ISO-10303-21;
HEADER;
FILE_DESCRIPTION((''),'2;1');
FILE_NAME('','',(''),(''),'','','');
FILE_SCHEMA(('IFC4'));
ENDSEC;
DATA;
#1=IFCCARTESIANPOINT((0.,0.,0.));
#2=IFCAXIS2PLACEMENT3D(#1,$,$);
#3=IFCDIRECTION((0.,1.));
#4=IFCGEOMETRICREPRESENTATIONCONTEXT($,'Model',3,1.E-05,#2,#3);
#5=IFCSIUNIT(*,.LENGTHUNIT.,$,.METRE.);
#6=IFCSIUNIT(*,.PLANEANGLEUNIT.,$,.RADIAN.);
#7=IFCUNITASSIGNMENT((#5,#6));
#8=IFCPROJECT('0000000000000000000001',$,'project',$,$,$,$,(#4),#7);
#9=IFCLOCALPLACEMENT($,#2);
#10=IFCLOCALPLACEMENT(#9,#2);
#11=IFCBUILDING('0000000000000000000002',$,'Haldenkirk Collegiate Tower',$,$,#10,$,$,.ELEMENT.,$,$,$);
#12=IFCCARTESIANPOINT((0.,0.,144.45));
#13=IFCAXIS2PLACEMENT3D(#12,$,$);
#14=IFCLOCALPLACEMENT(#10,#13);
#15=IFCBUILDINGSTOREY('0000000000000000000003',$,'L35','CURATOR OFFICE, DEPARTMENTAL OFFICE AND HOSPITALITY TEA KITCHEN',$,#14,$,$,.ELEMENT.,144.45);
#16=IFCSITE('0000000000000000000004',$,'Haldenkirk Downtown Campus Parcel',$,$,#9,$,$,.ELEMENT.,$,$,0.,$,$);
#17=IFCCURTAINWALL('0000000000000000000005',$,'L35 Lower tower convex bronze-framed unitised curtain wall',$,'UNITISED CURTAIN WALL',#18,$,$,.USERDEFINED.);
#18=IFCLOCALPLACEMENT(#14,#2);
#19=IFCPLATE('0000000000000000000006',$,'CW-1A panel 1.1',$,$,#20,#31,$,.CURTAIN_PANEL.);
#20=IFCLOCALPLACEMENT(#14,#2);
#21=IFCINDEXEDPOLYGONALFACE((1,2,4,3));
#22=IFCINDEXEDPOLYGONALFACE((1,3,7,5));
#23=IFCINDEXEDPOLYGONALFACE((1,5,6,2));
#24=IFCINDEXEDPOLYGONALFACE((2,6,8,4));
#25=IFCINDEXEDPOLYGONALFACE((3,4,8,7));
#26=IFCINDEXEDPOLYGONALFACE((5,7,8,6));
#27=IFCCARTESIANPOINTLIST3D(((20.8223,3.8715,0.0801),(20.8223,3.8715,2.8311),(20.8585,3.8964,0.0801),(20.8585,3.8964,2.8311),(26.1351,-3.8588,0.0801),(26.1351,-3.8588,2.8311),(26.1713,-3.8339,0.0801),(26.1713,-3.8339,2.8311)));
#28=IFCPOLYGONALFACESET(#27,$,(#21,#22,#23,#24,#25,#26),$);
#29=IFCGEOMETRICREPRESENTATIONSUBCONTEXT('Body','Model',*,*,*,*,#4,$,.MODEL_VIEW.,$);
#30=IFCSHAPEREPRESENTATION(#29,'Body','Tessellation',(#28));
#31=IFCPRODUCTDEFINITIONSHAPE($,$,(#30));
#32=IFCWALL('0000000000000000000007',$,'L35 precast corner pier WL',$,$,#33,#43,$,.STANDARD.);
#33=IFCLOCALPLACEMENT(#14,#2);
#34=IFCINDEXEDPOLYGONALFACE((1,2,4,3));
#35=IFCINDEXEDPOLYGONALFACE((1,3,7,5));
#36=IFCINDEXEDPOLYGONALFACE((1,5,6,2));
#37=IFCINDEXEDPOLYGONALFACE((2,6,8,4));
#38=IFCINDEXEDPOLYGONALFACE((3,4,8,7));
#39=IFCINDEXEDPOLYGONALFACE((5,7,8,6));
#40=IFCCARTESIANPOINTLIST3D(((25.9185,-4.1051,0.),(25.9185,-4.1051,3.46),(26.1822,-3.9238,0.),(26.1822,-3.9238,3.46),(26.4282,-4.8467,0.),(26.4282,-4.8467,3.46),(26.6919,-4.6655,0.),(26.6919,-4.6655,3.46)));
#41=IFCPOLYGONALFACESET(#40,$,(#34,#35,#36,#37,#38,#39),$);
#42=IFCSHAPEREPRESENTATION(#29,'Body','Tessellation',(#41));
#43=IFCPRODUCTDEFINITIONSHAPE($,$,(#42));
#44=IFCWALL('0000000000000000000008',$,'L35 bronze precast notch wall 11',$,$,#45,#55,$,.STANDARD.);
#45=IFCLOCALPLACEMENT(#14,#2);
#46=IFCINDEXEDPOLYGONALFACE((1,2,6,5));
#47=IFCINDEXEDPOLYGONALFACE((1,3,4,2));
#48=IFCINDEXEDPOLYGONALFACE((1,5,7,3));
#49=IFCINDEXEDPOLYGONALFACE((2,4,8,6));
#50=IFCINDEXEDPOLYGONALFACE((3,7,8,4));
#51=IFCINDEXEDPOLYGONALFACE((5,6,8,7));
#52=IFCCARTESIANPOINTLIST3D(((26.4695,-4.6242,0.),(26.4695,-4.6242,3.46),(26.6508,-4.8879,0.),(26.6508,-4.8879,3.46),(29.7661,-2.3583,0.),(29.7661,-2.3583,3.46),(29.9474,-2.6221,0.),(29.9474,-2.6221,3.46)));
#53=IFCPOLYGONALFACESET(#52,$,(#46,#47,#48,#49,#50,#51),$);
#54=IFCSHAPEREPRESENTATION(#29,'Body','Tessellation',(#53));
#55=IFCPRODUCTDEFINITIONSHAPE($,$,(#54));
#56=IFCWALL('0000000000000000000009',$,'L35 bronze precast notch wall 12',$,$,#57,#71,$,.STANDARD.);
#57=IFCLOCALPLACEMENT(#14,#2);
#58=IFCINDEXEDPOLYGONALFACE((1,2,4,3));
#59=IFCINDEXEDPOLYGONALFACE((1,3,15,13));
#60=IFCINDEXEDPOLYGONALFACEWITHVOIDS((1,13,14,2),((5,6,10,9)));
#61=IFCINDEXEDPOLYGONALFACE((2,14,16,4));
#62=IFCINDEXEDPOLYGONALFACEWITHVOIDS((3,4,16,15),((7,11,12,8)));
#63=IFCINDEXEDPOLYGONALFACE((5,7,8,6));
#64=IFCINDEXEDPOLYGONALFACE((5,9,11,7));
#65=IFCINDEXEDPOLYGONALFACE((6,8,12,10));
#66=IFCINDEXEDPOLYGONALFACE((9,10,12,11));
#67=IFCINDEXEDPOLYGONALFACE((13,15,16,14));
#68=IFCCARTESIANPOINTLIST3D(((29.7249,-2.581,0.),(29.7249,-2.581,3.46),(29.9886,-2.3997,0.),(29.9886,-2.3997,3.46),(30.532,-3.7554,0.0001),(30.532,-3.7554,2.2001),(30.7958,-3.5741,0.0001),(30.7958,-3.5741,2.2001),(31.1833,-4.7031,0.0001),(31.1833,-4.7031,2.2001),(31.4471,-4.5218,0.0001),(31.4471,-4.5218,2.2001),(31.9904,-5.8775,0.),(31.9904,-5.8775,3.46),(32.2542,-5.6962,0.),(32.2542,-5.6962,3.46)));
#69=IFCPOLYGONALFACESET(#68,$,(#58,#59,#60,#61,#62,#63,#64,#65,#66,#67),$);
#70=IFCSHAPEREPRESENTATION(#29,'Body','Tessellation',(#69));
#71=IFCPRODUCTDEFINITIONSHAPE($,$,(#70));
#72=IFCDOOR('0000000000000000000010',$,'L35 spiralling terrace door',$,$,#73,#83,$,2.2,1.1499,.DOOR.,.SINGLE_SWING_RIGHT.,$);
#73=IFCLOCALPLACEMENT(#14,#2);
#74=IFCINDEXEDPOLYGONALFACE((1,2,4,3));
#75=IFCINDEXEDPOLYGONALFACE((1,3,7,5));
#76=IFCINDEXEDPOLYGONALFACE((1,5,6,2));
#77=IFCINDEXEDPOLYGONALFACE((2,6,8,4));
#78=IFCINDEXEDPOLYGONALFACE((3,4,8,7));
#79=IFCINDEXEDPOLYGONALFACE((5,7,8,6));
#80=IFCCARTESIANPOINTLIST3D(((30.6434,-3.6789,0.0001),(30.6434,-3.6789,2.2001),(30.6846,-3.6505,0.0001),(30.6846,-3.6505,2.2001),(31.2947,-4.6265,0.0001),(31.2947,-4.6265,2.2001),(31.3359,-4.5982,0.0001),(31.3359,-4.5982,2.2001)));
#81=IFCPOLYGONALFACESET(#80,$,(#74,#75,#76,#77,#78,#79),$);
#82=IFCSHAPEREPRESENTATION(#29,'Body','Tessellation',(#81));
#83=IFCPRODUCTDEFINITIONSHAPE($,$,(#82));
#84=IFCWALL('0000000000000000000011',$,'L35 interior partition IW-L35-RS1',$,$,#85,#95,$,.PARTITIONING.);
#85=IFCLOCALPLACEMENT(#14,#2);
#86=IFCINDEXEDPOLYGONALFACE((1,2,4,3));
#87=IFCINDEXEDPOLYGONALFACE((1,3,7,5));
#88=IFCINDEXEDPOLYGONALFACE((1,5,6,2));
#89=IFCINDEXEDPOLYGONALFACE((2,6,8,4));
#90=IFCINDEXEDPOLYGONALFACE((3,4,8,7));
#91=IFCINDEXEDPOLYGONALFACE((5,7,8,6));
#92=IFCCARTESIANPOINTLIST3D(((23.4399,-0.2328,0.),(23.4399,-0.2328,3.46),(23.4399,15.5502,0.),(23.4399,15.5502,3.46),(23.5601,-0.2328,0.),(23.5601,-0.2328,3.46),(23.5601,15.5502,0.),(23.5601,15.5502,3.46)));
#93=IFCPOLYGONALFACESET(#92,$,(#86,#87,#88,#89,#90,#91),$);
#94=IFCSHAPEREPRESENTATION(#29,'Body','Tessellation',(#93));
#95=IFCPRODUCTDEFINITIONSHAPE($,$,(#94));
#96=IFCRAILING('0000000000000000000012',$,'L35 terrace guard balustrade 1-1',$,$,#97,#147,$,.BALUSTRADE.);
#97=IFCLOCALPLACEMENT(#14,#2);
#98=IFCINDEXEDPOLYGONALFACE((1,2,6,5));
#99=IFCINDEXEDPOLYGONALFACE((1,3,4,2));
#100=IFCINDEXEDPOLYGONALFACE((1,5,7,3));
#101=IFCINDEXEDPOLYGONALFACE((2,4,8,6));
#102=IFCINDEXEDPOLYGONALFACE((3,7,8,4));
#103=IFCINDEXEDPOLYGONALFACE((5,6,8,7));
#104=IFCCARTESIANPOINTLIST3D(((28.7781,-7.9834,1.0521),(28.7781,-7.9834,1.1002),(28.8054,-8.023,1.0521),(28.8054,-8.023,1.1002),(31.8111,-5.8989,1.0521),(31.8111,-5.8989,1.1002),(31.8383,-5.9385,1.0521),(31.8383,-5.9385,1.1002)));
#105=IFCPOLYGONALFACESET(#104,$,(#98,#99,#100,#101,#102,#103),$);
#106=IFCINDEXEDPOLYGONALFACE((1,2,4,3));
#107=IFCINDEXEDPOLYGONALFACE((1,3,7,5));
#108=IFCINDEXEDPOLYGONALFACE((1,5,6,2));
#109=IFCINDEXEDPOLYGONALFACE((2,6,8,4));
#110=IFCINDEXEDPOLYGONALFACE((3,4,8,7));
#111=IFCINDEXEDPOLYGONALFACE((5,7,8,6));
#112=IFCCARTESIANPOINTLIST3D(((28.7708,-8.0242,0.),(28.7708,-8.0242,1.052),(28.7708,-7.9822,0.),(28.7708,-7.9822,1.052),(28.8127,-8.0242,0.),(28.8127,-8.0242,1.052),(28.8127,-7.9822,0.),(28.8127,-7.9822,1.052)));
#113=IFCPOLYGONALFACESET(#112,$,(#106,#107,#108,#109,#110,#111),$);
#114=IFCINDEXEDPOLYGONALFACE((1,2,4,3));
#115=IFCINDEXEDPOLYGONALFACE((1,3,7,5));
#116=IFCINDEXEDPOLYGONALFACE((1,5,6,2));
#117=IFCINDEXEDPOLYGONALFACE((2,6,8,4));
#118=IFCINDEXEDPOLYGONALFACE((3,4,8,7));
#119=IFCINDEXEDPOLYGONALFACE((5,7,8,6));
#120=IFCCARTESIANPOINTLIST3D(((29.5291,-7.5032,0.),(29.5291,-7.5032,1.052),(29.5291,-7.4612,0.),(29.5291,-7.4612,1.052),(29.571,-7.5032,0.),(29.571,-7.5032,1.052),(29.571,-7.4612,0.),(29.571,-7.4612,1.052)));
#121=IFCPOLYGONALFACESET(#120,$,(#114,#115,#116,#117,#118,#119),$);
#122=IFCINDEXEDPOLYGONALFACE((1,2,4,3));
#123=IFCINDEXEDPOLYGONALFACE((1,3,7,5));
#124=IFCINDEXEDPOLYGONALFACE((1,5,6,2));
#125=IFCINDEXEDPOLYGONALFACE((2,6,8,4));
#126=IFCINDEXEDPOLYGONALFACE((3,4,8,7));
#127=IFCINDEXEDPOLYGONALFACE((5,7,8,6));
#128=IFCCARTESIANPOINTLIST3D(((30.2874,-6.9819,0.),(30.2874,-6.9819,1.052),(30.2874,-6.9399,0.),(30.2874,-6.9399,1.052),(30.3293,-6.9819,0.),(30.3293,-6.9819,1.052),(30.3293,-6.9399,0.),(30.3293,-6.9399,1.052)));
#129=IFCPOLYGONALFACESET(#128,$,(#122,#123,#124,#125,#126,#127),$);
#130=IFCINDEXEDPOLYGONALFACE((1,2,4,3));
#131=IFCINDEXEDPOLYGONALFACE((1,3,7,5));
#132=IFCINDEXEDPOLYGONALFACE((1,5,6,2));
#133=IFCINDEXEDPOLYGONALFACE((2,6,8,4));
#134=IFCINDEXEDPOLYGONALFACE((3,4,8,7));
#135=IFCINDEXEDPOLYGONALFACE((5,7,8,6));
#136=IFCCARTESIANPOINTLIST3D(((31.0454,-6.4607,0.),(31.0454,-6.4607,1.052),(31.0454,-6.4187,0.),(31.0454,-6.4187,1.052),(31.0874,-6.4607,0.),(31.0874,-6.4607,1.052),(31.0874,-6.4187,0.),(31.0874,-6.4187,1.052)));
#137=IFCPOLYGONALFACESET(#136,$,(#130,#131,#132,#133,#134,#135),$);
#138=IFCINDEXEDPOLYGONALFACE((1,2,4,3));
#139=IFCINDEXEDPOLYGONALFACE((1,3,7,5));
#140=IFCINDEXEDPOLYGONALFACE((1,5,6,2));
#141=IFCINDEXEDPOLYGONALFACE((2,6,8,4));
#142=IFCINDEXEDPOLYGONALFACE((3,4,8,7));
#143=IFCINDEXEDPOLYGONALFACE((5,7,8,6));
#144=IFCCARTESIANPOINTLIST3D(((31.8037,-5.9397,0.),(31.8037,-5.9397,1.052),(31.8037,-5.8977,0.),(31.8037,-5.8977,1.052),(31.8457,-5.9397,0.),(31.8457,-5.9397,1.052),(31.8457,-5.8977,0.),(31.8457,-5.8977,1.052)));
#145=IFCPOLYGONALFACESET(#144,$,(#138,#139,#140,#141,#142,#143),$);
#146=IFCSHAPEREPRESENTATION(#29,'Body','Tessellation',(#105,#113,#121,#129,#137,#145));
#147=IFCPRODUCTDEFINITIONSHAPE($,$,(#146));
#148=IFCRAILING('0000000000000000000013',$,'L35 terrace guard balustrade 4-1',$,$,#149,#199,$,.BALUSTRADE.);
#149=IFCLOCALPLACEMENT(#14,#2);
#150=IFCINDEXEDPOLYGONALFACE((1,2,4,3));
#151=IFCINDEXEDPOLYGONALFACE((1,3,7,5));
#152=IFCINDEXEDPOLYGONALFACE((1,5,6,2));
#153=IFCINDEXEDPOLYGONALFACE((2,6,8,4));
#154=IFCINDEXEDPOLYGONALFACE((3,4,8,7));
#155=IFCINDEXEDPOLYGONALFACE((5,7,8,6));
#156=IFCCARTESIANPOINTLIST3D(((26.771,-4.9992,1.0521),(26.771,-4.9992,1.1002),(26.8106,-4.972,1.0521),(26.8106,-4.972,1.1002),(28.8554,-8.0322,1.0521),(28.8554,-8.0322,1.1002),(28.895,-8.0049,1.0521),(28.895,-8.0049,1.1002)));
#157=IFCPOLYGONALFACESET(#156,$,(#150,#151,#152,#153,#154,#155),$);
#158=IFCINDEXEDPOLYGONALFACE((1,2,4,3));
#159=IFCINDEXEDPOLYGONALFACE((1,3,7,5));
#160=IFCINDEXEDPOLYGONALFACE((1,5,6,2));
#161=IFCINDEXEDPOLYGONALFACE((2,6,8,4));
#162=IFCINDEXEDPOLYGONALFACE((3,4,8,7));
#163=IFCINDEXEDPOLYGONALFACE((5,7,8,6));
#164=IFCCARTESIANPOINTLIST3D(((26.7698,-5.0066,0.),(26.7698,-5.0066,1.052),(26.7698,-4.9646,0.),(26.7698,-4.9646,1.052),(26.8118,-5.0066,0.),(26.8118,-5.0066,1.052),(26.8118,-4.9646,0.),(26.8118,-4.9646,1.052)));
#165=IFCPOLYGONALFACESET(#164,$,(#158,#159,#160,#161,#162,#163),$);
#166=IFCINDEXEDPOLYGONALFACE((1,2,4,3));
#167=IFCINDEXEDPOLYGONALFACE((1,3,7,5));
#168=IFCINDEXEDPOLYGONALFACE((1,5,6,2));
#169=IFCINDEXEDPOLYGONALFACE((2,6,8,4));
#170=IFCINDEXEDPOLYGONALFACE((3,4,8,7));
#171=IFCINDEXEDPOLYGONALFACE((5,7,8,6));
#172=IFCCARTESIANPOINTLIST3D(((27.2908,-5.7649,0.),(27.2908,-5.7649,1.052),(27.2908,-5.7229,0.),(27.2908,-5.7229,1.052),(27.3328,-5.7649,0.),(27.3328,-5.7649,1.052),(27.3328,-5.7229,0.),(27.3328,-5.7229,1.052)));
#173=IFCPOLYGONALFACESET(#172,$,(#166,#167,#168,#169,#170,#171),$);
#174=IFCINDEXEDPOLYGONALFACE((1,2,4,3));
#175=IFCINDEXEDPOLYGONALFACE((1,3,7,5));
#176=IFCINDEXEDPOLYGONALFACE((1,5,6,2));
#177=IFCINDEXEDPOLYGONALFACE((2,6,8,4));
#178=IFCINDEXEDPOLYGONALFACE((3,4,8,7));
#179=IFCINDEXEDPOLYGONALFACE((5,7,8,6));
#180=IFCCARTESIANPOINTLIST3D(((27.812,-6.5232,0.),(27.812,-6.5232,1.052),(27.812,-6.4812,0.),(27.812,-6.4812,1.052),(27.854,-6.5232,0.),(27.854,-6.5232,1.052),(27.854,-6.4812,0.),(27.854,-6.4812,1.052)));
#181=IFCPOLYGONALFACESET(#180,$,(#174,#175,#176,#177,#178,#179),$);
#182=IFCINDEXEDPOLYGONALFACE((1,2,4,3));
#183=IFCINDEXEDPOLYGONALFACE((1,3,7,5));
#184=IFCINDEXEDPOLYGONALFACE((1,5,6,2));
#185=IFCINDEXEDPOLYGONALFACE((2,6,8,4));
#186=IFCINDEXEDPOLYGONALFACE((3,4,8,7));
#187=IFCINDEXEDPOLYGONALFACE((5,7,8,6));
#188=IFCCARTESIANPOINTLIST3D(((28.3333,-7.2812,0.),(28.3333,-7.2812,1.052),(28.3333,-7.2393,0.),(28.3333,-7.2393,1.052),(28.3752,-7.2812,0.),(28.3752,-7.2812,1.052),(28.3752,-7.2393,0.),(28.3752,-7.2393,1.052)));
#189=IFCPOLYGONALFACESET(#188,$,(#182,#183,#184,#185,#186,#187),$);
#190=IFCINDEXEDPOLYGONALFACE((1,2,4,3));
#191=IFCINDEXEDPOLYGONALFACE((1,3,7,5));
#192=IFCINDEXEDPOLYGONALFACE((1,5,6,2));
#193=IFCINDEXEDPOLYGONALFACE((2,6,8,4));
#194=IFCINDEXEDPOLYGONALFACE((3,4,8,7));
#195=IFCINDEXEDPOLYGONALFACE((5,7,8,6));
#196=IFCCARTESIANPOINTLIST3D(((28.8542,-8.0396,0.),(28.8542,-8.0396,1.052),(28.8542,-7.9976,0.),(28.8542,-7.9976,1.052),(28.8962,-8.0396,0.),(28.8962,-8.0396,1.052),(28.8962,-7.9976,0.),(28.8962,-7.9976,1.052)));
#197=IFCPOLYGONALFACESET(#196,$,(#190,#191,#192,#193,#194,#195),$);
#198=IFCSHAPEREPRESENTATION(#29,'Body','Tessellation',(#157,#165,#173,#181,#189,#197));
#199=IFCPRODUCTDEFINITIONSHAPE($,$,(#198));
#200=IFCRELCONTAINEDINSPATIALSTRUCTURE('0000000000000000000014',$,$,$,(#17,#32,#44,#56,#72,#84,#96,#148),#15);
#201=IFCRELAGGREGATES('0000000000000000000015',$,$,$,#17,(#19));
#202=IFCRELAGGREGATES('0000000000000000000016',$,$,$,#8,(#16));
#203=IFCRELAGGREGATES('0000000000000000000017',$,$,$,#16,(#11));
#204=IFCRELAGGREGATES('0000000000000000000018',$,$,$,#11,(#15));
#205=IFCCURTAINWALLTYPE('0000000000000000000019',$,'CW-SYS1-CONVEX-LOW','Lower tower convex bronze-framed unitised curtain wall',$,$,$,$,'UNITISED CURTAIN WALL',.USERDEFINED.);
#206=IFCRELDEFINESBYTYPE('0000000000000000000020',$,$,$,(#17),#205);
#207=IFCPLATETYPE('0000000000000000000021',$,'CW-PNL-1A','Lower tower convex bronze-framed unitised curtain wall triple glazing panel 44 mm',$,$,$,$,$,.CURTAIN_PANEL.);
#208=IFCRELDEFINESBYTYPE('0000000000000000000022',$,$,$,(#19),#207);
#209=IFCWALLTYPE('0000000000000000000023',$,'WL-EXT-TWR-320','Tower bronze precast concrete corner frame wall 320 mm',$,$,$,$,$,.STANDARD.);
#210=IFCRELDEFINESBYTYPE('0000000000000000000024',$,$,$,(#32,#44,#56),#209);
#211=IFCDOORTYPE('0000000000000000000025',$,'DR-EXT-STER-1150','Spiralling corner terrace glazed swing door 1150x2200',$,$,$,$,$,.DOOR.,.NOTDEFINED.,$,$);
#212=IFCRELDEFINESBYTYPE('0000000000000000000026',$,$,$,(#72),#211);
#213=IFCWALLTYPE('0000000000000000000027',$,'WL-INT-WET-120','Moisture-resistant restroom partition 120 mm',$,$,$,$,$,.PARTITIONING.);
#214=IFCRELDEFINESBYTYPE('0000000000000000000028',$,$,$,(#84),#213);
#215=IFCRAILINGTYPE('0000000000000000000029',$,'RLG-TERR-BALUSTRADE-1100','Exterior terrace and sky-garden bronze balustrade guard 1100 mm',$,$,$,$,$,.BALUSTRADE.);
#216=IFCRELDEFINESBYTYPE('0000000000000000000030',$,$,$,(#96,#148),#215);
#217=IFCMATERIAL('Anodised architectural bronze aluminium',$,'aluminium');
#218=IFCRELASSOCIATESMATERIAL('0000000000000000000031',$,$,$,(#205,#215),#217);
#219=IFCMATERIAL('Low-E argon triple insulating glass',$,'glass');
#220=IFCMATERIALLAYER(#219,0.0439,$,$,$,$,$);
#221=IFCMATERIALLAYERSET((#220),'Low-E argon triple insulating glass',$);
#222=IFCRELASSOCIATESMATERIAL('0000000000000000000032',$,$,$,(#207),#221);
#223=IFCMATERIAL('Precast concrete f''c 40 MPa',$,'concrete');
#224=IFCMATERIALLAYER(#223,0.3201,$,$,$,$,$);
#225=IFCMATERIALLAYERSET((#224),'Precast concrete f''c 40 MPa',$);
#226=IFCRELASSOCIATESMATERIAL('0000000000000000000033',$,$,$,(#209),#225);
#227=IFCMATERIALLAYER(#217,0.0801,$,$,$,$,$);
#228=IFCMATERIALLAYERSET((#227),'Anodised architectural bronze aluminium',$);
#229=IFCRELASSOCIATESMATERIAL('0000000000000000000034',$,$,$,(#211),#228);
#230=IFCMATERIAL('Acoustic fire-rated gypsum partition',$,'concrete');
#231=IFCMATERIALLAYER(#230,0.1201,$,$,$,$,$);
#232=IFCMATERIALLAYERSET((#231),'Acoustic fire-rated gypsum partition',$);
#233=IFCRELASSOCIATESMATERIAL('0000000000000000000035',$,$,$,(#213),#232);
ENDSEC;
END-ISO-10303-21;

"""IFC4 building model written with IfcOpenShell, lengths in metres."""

from ifc_helpers import new_model, si_unit, direction, frame, frame_2d, origin, origin_2d, place, context, subcontext, project, spatial, rectangle, extrude, source, transform, mapped, material, layer, layer_set, type_object, element, fill, aggregate, save


model = new_model("IFC4")

# Units and contexts
model_context = context("Model", 3, precision=1e-05, world=origin(), true_north=direction((0.0, 1.0)))
body_context = subcontext(model_context, "Body", "Model", "MODEL_VIEW")
ifc_project = project(units=[si_unit("LENGTHUNIT", "METRE"), si_unit("PLANEANGLEUNIT", "RADIAN")], contexts=[model_context])

# Site, building, storey
site_placement = place(None, origin())
site = spatial("IfcSite", under=ifc_project, at=site_placement, Name="Haldenkirk Downtown Campus Parcel", CompositionType="ELEMENT", RefElevation=0.0)
building_placement = place(site_placement, origin())
building = spatial("IfcBuilding", under=site, at=building_placement, Name="Haldenkirk Collegiate Tower", CompositionType="ELEMENT")
storey_placement = place(building_placement, frame((0.0, 0.0, 144.45)))
storey = spatial("IfcBuildingStorey", under=building, at=storey_placement, Name="L35", Description="CURATOR OFFICE, DEPARTMENTAL OFFICE AND HOSPITALITY TEA KITCHEN", CompositionType="ELEMENT", Elevation=144.45)

# Curtain wall, plate
ifc_material_1 = material(Name="Anodised architectural bronze aluminium", Category="aluminium")
curtain_wall_type = type_object("IfcCurtainWallType", Name="CW-SYS1-CONVEX-LOW", Description="Lower tower convex bronze-framed unitised curtain wall", ElementType="UNITISED CURTAIN WALL", PredefinedType="USERDEFINED", material=ifc_material_1)
curtain_wall_placement = place(storey_placement, origin())
curtain_wall = element("IfcCurtainWall", 1, at=curtain_wall_placement, inside=storey, type_object=curtain_wall_type, Name="L35 Lower tower convex bronze-framed unitised curtain wall", ObjectType="UNITISED CURTAIN WALL", PredefinedType="USERDEFINED")
ifc_material_2 = material(Name="Low-E argon triple insulating glass", Category="glass")
ifc_layer_1 = layer(ifc_material_2, 0.0439)
ifc_layer_set_1 = layer_set([ifc_layer_1], Name="Low-E argon triple insulating glass")
plate_type = type_object("IfcPlateType", Name="CW-PNL-1A", Description="Lower tower convex bronze-framed unitised curtain wall triple glazing panel 44 mm", PredefinedType="CURTAIN_PANEL", material=ifc_layer_set_1)
shared_shape_1 = source(origin(), body_context, "Body", "SweptSolid", [
    extrude(rectangle(XDim=9.3799, YDim=0.0439, at=origin_2d()), origin(), (0.0, 0.0, 1.0), 2.751),
])
plate_placement = place(storey_placement, frame((23.4968, 0.0188, 0.0801), z_axis=(0.0, 0.0, 1.0), x_axis=(-0.566403, 0.824129, 0.0)))
plate = element("IfcPlate", 2, at=plate_placement, type_object=plate_type, Name="CW-1A panel 1.1", PredefinedType="CURTAIN_PANEL", context=body_context, shape_type="MappedRepresentation", body=[
    mapped(shared_shape_1, transform((0.0, 0.0, 0.0), x_axis=(1.0, 0.0, 0.0), y_axis=(0.0, 1.0, 0.0), z_axis=(0.0, 0.0, 1.0), scale=1.0)),
])
aggregate(curtain_wall, [plate])

# Walls
ifc_material_3 = material(Name="Precast concrete f'c 40 MPa", Category="concrete")
ifc_layer_2 = layer(ifc_material_3, 0.3201)
ifc_layer_set_2 = layer_set([ifc_layer_2], Name="Precast concrete f'c 40 MPa")
wall_type_1 = type_object("IfcWallType", Name="WL-EXT-TWR-320", Description="Tower bronze precast concrete corner frame wall 320 mm", PredefinedType="STANDARD", material=ifc_layer_set_2)
wall_1_placement = place(storey_placement, frame((26.5601, -4.7561, 0.0), z_axis=(0.0, 0.0, 1.0), x_axis=(-0.566414, 0.824121, 0.0)))
element("IfcWall", 3, at=wall_1_placement, inside=storey, type_object=wall_type_1, Name="L35 precast corner pier WL", PredefinedType="STANDARD", context=body_context, shape_type="SweptSolid", body=[
    extrude(rectangle(XDim=0.8999, YDim=0.3201, at=frame_2d((0.45, 0.0))), origin(), (0.0, 0.0, 1.0), 3.46),
])
wall_2_placement = place(storey_placement, frame((29.8567, -2.4902, 0.0), z_axis=(0.0, 0.0, 1.0), x_axis=(-0.824108, -0.566433, 0.0)))
element("IfcWall", 4, at=wall_2_placement, inside=storey, type_object=wall_type_1, Name="L35 bronze precast notch wall 11", PredefinedType="STANDARD", context=body_context, shape_type="SweptSolid", body=[
    extrude(rectangle(XDim=4.0002, YDim=0.3201, at=frame_2d((2.0, 0.0))), origin(), (0.0, 0.0, 1.0), 3.46),
])

# Wall, opening, door
wall_3_placement = place(storey_placement, frame((32.1223, -5.7869, 0.0), z_axis=(0.0, 0.0, 1.0), x_axis=(-0.566392, 0.824136, 0.0)))
wall_3 = element("IfcWall", 5, at=wall_3_placement, inside=storey, type_object=wall_type_1, Name="L35 bronze precast notch wall 12", PredefinedType="STANDARD", context=body_context, shape_type="SweptSolid", body=[
    extrude(rectangle(XDim=4.0, YDim=0.3201, at=frame_2d((2.0, 0.0))), origin(), (0.0, 0.0, 1.0), 3.46),
])
opening_placement = place(wall_3_placement, frame((1.425, 0.0, 0.0)))
opening = element("IfcOpeningElement", 6, at=opening_placement, cuts=wall_3, PredefinedType="OPENING", context=body_context, shape_type="SweptSolid", body=[
    extrude(rectangle(XDim=1.1499, YDim=2.2, at=frame_2d((0.575, 1.1001))), frame((0.0, 0.1699, 0.0), z_axis=(0.0, -1.0, 0.0), x_axis=(1.0, 0.0, 0.0)), (0.0, 0.0, 1.0), 0.3401),
])
ifc_layer_3 = layer(ifc_material_1, 0.0801)
ifc_layer_set_3 = layer_set([ifc_layer_3], Name="Anodised architectural bronze aluminium")
door_type = type_object("IfcDoorType", Name="DR-EXT-STER-1150", Description="Spiralling corner terrace glazed swing door 1150x2200", OperationType="NOTDEFINED", PredefinedType="DOOR", material=ifc_layer_set_3)
door_placement = place(opening_placement, origin())
door = element("IfcDoor", 7, at=door_placement, inside=storey, type_object=door_type, Name="L35 spiralling terrace door", OperationType="SINGLE_SWING_RIGHT", OverallHeight=2.2, OverallWidth=1.1499, PredefinedType="DOOR", context=body_context, shape_type="SweptSolid", body=[
    extrude(rectangle(XDim=1.1499, YDim=2.2, at=frame_2d((0.575, 1.1001))), frame((0.0, 0.0249, 0.0), z_axis=(0.0, -1.0, 0.0), x_axis=(1.0, 0.0, 0.0)), (0.0, 0.0, 1.0), 0.05),
])
fill(opening, door)

# Wall
ifc_material_4 = material(Name="Acoustic fire-rated gypsum partition", Category="concrete")
ifc_layer_4 = layer(ifc_material_4, 0.1201)
ifc_layer_set_4 = layer_set([ifc_layer_4], Name="Acoustic fire-rated gypsum partition")
wall_type_2 = type_object("IfcWallType", Name="WL-INT-WET-120", Description="Moisture-resistant restroom partition 120 mm", PredefinedType="PARTITIONING", material=ifc_layer_set_4)
wall_4_placement = place(storey_placement, frame((23.5, -0.2329, 0.0), z_axis=(0.0, 0.0, 1.0), x_axis=(0.0, 1.0, 0.0)))
element("IfcWall", 8, at=wall_4_placement, inside=storey, type_object=wall_type_2, Name="L35 interior partition IW-L35-RS1", PredefinedType="PARTITIONING", context=body_context, shape_type="SweptSolid", body=[
    extrude(rectangle(XDim=15.783, YDim=0.1201, at=frame_2d((7.8916, 0.0))), origin(), (0.0, 0.0, 1.0), 3.46),
])

# Railings
railing_type = type_object("IfcRailingType", Name="RLG-TERR-BALUSTRADE-1100", Description="Exterior terrace and sky-garden bronze balustrade guard 1100 mm", PredefinedType="BALUSTRADE", material=ifc_material_1)
railing_1_placement = place(storey_placement, frame((28.7917, -8.0032, 0.0)))
element("IfcRailing", 9, at=railing_1_placement, inside=storey, type_object=railing_type, Name="L35 terrace guard balustrade 1-1", PredefinedType="BALUSTRADE", context=body_context, shape_type="SweptSolid", body=[
    extrude(rectangle(XDim=0.0481, YDim=0.0481, at=origin_2d()), frame((0.0, 0.0, 1.0762), z_axis=(0.824129, 0.566402, 0.0), x_axis=(-0.566402, 0.824129, 0.0)), (0.0, 0.0, 1.0), 3.6802),
    extrude(rectangle(XDim=0.042, YDim=0.042, at=origin_2d()), origin(), (0.0, 0.0, 1.0), 1.052),
    extrude(rectangle(XDim=0.042, YDim=0.042, at=origin_2d()), frame((0.7583, 0.521, 0.0)), (0.0, 0.0, 1.0), 1.052),
    extrude(rectangle(XDim=0.042, YDim=0.042, at=origin_2d()), frame((1.5166, 1.0422, 0.0)), (0.0, 0.0, 1.0), 1.052),
    extrude(rectangle(XDim=0.042, YDim=0.042, at=origin_2d()), frame((2.2747, 1.5635, 0.0)), (0.0, 0.0, 1.0), 1.052),
    extrude(rectangle(XDim=0.042, YDim=0.042, at=origin_2d()), frame((3.033, 2.0845, 0.0)), (0.0, 0.0, 1.0), 1.052),
])
railing_2_placement = place(storey_placement, frame((26.7908, -4.9856, 0.0)))
element("IfcRailing", 10, at=railing_2_placement, inside=storey, type_object=railing_type, Name="L35 terrace guard balustrade 4-1", PredefinedType="BALUSTRADE", context=body_context, shape_type="SweptSolid", body=[
    extrude(rectangle(XDim=0.0481, YDim=0.0481, at=origin_2d()), frame((0.0, 0.0, 1.0762), z_axis=(0.566402, -0.824129, 0.0), x_axis=(0.824129, 0.566402, 0.0)), (0.0, 0.0, 1.0), 3.6802),
    extrude(rectangle(XDim=0.042, YDim=0.042, at=origin_2d()), origin(), (0.0, 0.0, 1.0), 1.052),
    extrude(rectangle(XDim=0.042, YDim=0.042, at=origin_2d()), frame((0.521, -0.7583, 0.0)), (0.0, 0.0, 1.0), 1.052),
    extrude(rectangle(XDim=0.042, YDim=0.042, at=origin_2d()), frame((1.0422, -1.5166, 0.0)), (0.0, 0.0, 1.0), 1.052),
    extrude(rectangle(XDim=0.042, YDim=0.042, at=origin_2d()), frame((1.5635, -2.2747, 0.0)), (0.0, 0.0, 1.0), 1.052),
    extrude(rectangle(XDim=0.042, YDim=0.042, at=origin_2d()), frame((2.0845, -3.033, 0.0)), (0.0, 0.0, 1.0), 1.052),
])

save(model, "model.ifc")
